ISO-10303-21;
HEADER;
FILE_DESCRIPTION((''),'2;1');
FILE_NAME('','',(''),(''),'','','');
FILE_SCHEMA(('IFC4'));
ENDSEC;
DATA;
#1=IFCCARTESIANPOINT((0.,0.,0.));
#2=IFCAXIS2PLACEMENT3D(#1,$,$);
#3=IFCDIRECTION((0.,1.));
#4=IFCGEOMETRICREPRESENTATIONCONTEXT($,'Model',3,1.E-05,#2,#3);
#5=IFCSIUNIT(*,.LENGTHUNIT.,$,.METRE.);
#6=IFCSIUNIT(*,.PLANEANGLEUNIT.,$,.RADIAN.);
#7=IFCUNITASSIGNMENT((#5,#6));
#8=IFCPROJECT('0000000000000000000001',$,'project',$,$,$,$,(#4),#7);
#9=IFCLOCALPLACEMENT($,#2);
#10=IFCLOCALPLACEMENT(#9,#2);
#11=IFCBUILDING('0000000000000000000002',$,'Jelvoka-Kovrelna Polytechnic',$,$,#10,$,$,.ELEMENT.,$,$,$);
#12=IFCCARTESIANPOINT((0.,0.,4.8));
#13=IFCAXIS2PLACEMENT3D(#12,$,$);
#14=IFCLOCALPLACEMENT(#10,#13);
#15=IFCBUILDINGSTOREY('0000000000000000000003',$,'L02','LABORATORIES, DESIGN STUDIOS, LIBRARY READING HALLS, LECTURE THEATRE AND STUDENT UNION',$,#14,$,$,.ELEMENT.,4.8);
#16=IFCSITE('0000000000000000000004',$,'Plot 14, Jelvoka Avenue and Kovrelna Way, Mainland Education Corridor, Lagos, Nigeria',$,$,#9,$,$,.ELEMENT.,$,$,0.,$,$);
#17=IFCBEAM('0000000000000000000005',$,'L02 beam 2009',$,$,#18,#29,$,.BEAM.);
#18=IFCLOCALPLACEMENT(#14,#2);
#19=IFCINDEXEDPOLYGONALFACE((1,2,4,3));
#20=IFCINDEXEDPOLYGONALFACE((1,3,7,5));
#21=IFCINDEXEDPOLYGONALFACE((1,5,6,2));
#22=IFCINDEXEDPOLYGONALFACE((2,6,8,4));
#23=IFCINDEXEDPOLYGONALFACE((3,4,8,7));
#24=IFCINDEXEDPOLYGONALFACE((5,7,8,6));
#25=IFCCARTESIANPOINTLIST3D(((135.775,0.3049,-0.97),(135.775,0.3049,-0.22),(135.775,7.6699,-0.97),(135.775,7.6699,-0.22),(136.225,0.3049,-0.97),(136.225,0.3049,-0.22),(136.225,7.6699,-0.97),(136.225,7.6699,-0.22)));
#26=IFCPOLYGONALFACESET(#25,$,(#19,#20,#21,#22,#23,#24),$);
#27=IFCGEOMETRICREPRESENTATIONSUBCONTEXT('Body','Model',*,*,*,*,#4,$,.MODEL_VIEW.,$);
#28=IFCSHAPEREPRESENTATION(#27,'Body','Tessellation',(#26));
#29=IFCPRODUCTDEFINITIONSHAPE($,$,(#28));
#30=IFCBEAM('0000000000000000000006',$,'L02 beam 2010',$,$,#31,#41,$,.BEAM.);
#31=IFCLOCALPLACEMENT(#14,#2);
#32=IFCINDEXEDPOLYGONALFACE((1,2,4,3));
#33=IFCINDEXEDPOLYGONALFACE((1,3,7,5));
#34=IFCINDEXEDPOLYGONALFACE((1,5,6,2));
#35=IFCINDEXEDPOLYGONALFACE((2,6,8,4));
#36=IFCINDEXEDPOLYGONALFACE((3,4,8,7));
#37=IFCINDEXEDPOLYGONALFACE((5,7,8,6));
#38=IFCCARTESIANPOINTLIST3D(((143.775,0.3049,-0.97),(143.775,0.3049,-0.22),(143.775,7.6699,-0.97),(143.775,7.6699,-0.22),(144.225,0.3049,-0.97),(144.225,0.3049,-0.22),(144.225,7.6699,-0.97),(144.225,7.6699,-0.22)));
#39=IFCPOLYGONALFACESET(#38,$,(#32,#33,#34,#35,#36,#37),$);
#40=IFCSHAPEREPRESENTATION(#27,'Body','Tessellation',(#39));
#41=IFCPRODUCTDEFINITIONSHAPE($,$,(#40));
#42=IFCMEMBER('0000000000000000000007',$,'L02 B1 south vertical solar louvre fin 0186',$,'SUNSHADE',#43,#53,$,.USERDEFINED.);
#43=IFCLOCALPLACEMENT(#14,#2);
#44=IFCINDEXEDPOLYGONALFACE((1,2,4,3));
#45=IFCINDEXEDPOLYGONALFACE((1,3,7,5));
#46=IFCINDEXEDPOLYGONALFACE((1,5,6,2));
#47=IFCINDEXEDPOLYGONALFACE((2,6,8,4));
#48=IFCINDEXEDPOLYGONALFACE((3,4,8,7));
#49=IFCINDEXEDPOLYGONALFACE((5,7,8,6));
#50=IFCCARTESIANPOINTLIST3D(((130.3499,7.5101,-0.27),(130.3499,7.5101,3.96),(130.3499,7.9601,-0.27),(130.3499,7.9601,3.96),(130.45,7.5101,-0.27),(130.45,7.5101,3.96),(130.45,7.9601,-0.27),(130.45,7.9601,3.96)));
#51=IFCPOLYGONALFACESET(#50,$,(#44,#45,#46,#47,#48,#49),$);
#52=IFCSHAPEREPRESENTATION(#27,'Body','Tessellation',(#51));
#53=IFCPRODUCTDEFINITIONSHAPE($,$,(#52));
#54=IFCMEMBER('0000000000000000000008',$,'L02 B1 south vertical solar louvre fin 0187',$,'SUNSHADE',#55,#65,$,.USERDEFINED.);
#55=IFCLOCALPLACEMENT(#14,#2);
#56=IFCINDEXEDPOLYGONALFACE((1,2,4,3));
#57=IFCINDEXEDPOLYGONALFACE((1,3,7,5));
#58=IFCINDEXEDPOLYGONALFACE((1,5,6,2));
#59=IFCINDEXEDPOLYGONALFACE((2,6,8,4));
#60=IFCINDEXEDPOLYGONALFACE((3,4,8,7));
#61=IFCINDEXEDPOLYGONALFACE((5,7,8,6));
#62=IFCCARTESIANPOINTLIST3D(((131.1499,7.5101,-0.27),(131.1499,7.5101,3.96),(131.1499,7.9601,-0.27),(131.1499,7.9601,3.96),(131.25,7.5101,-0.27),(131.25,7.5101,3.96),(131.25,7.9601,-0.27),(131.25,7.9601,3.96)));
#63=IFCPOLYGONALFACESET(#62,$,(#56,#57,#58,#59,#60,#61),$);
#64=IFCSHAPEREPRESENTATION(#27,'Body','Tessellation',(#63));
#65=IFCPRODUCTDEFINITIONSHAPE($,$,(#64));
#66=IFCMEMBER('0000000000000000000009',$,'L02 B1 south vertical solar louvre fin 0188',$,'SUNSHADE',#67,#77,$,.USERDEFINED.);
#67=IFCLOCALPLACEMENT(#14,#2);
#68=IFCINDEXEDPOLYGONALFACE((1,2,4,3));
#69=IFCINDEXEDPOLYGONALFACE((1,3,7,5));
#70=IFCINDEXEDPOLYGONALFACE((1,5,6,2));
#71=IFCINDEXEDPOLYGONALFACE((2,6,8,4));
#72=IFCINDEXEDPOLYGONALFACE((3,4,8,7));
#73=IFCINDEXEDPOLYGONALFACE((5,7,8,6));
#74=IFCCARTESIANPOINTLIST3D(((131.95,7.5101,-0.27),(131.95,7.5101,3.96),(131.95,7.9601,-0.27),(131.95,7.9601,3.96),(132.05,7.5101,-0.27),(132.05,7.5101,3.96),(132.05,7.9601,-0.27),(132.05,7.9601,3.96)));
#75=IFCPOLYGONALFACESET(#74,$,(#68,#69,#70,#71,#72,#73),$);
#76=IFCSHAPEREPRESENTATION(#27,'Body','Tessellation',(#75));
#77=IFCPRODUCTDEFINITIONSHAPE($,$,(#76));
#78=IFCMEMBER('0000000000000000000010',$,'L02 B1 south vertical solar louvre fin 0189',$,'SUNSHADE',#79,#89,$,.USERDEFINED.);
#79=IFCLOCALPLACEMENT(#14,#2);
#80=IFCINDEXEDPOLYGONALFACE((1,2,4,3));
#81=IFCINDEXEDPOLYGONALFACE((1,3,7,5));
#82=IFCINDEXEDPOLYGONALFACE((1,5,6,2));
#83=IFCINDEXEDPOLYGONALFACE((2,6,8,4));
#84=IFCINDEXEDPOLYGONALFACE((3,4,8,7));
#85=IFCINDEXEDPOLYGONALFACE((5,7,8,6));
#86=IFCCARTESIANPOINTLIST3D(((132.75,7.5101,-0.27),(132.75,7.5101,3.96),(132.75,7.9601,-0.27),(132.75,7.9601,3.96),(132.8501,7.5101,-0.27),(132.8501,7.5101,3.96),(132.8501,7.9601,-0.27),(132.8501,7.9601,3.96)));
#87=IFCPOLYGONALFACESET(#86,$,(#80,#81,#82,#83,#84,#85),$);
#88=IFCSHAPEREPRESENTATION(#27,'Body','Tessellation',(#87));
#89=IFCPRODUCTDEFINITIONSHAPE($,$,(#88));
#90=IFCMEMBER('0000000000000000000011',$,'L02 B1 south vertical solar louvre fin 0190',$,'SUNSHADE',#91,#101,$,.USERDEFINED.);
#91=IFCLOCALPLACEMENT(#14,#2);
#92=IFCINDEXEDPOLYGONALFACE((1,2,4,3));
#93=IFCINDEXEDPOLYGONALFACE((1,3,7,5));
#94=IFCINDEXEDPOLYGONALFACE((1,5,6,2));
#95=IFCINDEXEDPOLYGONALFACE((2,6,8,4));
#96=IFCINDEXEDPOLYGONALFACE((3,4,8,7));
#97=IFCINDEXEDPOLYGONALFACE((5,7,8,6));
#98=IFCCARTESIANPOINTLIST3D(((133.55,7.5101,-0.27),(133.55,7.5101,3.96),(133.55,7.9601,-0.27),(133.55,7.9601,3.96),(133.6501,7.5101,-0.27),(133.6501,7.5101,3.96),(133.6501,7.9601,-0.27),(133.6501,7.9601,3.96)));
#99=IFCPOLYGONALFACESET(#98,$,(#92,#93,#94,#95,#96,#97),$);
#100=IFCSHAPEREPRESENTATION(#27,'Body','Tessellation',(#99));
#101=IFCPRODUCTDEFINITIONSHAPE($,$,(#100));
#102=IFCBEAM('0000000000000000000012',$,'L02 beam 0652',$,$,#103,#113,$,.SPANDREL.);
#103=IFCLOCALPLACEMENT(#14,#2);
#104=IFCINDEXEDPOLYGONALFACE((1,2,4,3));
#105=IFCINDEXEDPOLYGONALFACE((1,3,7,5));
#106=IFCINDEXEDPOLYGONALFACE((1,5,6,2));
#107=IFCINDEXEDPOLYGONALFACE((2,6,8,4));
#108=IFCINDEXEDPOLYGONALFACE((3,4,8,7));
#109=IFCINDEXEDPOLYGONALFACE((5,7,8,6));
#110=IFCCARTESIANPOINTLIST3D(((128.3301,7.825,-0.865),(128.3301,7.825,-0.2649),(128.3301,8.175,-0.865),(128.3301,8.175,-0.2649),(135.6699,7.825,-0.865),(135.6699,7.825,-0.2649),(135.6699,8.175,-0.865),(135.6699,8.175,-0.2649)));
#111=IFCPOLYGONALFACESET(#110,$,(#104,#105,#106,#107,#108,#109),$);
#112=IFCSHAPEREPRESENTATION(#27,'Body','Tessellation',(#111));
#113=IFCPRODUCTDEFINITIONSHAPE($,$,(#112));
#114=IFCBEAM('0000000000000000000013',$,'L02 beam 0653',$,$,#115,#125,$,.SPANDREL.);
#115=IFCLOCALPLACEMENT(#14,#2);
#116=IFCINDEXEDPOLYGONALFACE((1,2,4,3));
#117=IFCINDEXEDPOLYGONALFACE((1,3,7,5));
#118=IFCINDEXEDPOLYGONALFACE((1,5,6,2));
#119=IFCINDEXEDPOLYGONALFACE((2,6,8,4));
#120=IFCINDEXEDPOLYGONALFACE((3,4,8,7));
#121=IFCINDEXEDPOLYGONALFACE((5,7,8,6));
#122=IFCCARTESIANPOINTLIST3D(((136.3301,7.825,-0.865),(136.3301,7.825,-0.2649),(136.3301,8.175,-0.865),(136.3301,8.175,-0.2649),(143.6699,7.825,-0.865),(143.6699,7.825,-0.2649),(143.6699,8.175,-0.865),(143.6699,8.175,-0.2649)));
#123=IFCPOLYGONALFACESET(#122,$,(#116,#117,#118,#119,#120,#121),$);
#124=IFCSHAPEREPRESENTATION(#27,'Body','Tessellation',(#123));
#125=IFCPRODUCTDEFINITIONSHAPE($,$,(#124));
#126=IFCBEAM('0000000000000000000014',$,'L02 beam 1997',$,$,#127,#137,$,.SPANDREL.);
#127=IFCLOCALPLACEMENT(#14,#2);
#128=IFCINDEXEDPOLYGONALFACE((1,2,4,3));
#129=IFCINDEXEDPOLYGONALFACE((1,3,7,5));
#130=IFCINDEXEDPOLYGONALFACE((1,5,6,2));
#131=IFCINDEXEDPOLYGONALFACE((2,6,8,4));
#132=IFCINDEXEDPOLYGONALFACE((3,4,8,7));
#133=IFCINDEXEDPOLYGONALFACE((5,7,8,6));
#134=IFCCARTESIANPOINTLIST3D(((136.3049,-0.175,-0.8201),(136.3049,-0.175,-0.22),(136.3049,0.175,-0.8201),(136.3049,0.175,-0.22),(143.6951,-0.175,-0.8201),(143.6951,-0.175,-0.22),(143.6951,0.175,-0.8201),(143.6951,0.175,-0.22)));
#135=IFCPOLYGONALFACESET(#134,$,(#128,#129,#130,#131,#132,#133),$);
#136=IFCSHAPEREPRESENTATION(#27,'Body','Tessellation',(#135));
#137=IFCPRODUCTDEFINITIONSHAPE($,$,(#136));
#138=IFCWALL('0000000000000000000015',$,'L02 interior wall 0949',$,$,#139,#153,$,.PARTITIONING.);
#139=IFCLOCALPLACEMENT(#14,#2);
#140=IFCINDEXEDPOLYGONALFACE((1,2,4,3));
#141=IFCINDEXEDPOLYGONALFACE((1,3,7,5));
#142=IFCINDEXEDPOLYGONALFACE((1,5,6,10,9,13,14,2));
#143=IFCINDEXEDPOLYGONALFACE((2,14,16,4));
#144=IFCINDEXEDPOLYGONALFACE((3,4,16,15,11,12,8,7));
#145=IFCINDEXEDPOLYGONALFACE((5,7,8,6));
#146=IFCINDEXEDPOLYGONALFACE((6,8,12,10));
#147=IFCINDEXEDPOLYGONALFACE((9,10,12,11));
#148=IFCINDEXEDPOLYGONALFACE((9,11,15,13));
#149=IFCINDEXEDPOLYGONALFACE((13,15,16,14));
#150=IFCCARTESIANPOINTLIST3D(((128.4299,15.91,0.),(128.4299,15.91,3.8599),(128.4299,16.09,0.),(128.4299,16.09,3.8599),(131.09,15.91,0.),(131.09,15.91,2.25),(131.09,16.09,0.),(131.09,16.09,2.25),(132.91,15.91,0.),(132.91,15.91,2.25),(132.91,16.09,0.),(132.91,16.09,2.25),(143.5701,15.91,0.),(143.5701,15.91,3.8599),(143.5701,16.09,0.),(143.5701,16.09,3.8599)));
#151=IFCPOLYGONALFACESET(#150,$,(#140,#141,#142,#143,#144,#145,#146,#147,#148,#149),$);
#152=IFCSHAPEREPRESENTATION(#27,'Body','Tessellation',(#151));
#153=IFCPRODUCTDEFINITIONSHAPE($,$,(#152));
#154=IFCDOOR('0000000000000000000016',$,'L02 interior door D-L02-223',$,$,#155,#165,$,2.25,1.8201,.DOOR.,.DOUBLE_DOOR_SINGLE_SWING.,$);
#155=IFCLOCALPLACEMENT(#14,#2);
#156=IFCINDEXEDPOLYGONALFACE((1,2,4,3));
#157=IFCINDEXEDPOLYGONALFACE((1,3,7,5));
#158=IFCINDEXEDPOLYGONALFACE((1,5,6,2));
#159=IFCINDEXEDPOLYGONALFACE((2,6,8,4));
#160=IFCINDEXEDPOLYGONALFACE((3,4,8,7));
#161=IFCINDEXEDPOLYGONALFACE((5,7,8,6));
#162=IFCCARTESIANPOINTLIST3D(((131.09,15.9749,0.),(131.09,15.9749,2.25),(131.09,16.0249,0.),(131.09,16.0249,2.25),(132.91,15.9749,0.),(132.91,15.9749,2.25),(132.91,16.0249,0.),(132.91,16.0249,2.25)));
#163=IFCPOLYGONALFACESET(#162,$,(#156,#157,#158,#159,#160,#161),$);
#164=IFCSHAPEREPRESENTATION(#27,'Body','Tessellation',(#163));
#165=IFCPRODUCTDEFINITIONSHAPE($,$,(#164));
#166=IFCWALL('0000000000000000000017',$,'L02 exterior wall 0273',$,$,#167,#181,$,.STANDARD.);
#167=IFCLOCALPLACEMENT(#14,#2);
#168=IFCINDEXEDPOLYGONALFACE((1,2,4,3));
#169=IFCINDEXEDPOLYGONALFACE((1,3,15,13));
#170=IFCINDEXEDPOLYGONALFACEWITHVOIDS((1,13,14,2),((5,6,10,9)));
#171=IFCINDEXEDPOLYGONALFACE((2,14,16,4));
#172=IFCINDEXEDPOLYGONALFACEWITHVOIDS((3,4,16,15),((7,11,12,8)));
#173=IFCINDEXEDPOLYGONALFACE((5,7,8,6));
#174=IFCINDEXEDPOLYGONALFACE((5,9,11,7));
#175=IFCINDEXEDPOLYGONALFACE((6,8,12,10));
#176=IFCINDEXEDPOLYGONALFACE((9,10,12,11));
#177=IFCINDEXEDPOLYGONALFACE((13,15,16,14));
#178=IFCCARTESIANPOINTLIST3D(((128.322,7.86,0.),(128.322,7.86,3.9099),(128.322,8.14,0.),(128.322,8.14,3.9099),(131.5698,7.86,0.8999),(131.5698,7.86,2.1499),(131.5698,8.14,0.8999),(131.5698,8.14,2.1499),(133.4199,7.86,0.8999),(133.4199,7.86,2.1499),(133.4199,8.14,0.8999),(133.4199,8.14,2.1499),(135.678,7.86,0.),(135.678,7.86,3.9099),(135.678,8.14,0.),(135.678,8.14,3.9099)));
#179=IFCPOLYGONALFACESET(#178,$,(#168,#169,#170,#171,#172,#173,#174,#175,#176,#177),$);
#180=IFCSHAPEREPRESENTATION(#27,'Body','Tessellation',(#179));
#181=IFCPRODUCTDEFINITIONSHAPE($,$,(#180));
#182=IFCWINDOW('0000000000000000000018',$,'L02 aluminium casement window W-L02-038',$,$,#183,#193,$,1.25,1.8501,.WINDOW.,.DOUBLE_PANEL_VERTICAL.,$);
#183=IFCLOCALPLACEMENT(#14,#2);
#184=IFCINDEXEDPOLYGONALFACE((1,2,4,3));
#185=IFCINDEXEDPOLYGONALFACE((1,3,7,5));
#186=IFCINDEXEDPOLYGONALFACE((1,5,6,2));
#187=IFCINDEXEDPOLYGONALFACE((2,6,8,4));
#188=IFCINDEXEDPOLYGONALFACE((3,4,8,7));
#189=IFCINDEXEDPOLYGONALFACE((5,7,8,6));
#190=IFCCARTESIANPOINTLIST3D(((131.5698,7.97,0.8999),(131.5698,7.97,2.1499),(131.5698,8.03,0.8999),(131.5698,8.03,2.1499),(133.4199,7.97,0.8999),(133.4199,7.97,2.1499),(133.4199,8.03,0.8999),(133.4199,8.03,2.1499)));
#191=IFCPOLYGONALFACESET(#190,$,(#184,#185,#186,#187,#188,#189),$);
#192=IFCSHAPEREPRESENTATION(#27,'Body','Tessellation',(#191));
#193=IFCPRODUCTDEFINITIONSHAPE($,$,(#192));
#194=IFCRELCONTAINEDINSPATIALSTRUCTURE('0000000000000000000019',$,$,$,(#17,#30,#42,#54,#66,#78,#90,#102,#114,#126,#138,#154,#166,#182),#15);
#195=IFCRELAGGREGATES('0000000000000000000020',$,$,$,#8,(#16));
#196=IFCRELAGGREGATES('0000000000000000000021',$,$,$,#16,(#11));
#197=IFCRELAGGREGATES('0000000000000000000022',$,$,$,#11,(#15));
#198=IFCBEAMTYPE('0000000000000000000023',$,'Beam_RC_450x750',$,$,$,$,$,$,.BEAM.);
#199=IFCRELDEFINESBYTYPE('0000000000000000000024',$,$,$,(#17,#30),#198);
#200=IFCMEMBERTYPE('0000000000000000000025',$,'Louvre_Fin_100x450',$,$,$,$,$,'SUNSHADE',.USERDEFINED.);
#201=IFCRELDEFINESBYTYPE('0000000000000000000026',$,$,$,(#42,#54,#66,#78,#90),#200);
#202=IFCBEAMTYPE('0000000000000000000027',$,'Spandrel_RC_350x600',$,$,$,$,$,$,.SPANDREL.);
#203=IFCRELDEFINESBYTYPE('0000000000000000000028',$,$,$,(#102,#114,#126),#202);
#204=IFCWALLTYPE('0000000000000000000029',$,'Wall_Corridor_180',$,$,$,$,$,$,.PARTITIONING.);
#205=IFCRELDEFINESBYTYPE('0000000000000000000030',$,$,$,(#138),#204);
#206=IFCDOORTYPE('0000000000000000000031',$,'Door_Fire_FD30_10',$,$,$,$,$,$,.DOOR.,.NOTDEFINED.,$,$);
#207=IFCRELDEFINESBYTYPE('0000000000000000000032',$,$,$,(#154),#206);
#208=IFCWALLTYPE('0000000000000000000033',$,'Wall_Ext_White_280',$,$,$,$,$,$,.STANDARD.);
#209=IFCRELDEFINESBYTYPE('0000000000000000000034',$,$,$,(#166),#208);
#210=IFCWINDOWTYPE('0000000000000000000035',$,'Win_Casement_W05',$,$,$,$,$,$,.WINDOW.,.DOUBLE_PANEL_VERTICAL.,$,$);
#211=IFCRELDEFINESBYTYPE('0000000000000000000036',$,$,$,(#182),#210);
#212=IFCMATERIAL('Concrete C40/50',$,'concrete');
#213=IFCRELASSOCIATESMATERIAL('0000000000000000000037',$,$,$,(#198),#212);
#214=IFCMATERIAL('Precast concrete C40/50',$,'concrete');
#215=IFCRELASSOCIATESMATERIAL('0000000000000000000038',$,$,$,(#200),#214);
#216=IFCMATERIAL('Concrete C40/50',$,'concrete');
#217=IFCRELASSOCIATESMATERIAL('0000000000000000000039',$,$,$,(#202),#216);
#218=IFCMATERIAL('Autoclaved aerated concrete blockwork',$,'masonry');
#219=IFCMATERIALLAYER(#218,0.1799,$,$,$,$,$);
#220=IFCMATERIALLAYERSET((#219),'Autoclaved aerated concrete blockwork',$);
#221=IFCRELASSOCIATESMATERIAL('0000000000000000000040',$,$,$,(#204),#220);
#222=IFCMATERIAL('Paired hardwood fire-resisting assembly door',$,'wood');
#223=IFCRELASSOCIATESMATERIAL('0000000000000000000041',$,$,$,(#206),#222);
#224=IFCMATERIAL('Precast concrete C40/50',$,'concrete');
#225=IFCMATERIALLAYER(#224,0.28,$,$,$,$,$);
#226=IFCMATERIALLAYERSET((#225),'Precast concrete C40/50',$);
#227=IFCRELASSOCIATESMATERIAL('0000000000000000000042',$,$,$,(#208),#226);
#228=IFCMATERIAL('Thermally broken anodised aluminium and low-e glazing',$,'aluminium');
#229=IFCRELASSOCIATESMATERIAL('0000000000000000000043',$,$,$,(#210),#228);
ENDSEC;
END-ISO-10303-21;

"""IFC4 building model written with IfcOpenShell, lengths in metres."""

from ifc_helpers import new_model, si_unit, direction, frame, frame_2d, origin, origin_2d, place, context, subcontext, project, spatial, rectangle, extrude, material, layer, layer_set, material_profile, profile_set, type_object, element, fill, save


model = new_model("IFC4")

# Units and contexts
model_context = context("Model", 3, precision=1e-05, world=origin(), true_north=direction((0.0, 1.0)))
body_context = subcontext(model_context, "Body", "Model", "MODEL_VIEW")
ifc_project = project(units=[si_unit("LENGTHUNIT", "METRE"), si_unit("PLANEANGLEUNIT", "RADIAN")], contexts=[model_context])

# Site, building, storey
site_placement = place(None, origin())
site = spatial("IfcSite", under=ifc_project, at=site_placement, Name="Plot 14, Jelvoka Avenue and Kovrelna Way, Mainland Education Corridor, Lagos, Nigeria", CompositionType="ELEMENT", RefElevation=0.0)
building_placement = place(site_placement, origin())
building = spatial("IfcBuilding", under=site, at=building_placement, Name="Jelvoka-Kovrelna Polytechnic", CompositionType="ELEMENT")
storey_placement = place(building_placement, frame((0.0, 0.0, 4.8)))
storey = spatial("IfcBuildingStorey", under=building, at=storey_placement, Name="L02", Description="LABORATORIES, DESIGN STUDIOS, LIBRARY READING HALLS, LECTURE THEATRE AND STUDENT UNION", CompositionType="ELEMENT", Elevation=4.8)

# Beams
ifc_material_1 = material(Name="Concrete C40/50", Category="concrete")
ifc_material_profile_1 = material_profile(ifc_material_1, rectangle(XDim=0.45, YDim=0.75, at=origin_2d()), Name="RC 450x750")
ifc_profile_set_1 = profile_set([ifc_material_profile_1], Name="Concrete C40/50")
beam_type_1 = type_object("IfcBeamType", Name="Beam_RC_450x750", PredefinedType="BEAM", material=ifc_profile_set_1)
for number, where, z_axis, x_axis, name in (
    (1, (136.0, 0.3049, -0.595), (0.0, 1.0, 0.0), (-1.0, 0.0, 0.0), "L02 beam 2009"),
    (2, (144.0, 0.3049, -0.595), (0.0, 1.0, 0.0), (-1.0, 0.0, 0.0), "L02 beam 2010"),
):
    element("IfcBeam", number, at=place(storey_placement, frame(where, z_axis=z_axis, x_axis=x_axis)), inside=storey, type_object=beam_type_1, Name=name, PredefinedType="BEAM", context=body_context, shape_type="SweptSolid", body=[
        extrude(rectangle(XDim=0.45, YDim=0.75, at=origin_2d()), origin(), (0.0, 0.0, 1.0), 7.365),
    ])

# Members
ifc_material_2 = material(Name="Precast concrete C40/50", Category="concrete")
ifc_material_profile_2 = material_profile(ifc_material_2, rectangle(XDim=0.1001, YDim=0.45, at=origin_2d()), Name="PC 100x450")
ifc_profile_set_2 = profile_set([ifc_material_profile_2], Name="Precast concrete C40/50")
member_type = type_object("IfcMemberType", Name="Louvre_Fin_100x450", ElementType="SUNSHADE", PredefinedType="USERDEFINED", material=ifc_profile_set_2)
for number, where, z_axis, x_axis, name in (
    (3, (130.3999, 7.7351, -0.27), (0.0, 0.0, 1.0), (1.0, 0.0, 0.0), "L02 B1 south vertical solar louvre fin 0186"),
    (4, (131.2, 7.7351, -0.27), (0.0, 0.0, 1.0), (1.0, 0.0, 0.0), "L02 B1 south vertical solar louvre fin 0187"),
    (5, (132.0, 7.7351, -0.27), (0.0, 0.0, 1.0), (1.0, 0.0, 0.0), "L02 B1 south vertical solar louvre fin 0188"),
    (6, (132.8, 7.7351, -0.27), (0.0, 0.0, 1.0), (1.0, 0.0, 0.0), "L02 B1 south vertical solar louvre fin 0189"),
    (7, (133.6001, 7.7351, -0.27), (0.0, 0.0, 1.0), (1.0, 0.0, 0.0), "L02 B1 south vertical solar louvre fin 0190"),
):
    element("IfcMember", number, at=place(storey_placement, frame(where, z_axis=z_axis, x_axis=x_axis)), inside=storey, type_object=member_type, Name=name, ObjectType="SUNSHADE", PredefinedType="USERDEFINED", context=body_context, shape_type="SweptSolid", body=[
        extrude(rectangle(XDim=0.1001, YDim=0.45, at=origin_2d()), origin(), (0.0, 0.0, 1.0), 4.23),
    ])

# Beams
ifc_material_3 = material(Name="Concrete C40/50", Category="concrete")
ifc_material_profile_3 = material_profile(ifc_material_3, rectangle(XDim=0.3501, YDim=0.6001, at=origin_2d()), Name="RC 350x600")
ifc_profile_set_3 = profile_set([ifc_material_profile_3], Name="Concrete C40/50")
beam_type_2 = type_object("IfcBeamType", Name="Spandrel_RC_350x600", PredefinedType="SPANDREL", material=ifc_profile_set_3)
for number, where, z_axis, x_axis, name in (
    (8, (128.3301, 8.0, -0.5649), (1.0, 0.0, 0.0), (0.0, 1.0, 0.0), "L02 beam 0652"),
    (9, (136.3301, 8.0, -0.5649), (1.0, 0.0, 0.0), (0.0, 1.0, 0.0), "L02 beam 0653"),
):
    element("IfcBeam", number, at=place(storey_placement, frame(where, z_axis=z_axis, x_axis=x_axis)), inside=storey, type_object=beam_type_2, Name=name, PredefinedType="SPANDREL", context=body_context, shape_type="SweptSolid", body=[
        extrude(rectangle(XDim=0.3501, YDim=0.6001, at=origin_2d()), origin(), (0.0, 0.0, 1.0), 7.3398),
    ])
beam_placement = place(storey_placement, frame((136.3049, 0.0, -0.52), z_axis=(1.0, 0.0, 0.0), x_axis=(0.0, 1.0, 0.0)))
element("IfcBeam", 10, at=beam_placement, inside=storey, type_object=beam_type_2, Name="L02 beam 1997", PredefinedType="SPANDREL", context=body_context, shape_type="SweptSolid", body=[
    extrude(rectangle(XDim=0.3501, YDim=0.6001, at=origin_2d()), origin(), (0.0, 0.0, 1.0), 7.3901),
])

# Wall, opening, door
ifc_material_4 = material(Name="Autoclaved aerated concrete blockwork", Category="masonry")
ifc_layer_1 = layer(ifc_material_4, 0.1799)
ifc_layer_set_1 = layer_set([ifc_layer_1], Name="Autoclaved aerated concrete blockwork")
wall_type_1 = type_object("IfcWallType", Name="Wall_Corridor_180", PredefinedType="PARTITIONING", material=ifc_layer_set_1)
wall_1_placement = place(storey_placement, frame((128.4299, 16.0, 0.0), z_axis=(0.0, 0.0, 1.0), x_axis=(1.0, 0.0, 0.0)))
wall_1 = element("IfcWall", 11, at=wall_1_placement, inside=storey, type_object=wall_type_1, Name="L02 interior wall 0949", PredefinedType="PARTITIONING", context=body_context, shape_type="SweptSolid", body=[
    extrude(rectangle(XDim=15.1401, YDim=0.1799, at=frame_2d((7.5701, 0.0))), origin(), (0.0, 0.0, 1.0), 3.8599),
])
opening_1_placement = place(wall_1_placement, frame((2.6599, 0.0, 0.0)))
opening_1 = element("IfcOpeningElement", 12, at=opening_1_placement, cuts=wall_1, PredefinedType="OPENING", context=body_context, shape_type="SweptSolid", body=[
    extrude(rectangle(XDim=1.8201, YDim=2.25, at=frame_2d((0.9102, 1.125))), frame((0.0, 0.0999, 0.0), z_axis=(0.0, -1.0, 0.0), x_axis=(1.0, 0.0, 0.0)), (0.0, 0.0, 1.0), 0.2),
])
ifc_material_5 = material(Name="Paired hardwood fire-resisting assembly door", Category="wood")
door_type_1 = type_object("IfcDoorType", Name="Door_Fire_FD30_10", OperationType="NOTDEFINED", PredefinedType="DOOR", material=ifc_material_5)
door_1_placement = place(opening_1_placement, origin())
door_1 = element("IfcDoor", 13, at=door_1_placement, inside=storey, type_object=door_type_1, Name="L02 interior door D-L02-223", OperationType="DOUBLE_DOOR_SINGLE_SWING", OverallHeight=2.25, OverallWidth=1.8201, PredefinedType="DOOR", context=body_context, shape_type="SweptSolid", body=[
    extrude(rectangle(XDim=1.8201, YDim=2.25, at=frame_2d((0.9102, 1.125))), frame((0.0, 0.0249, 0.0), z_axis=(0.0, -1.0, 0.0), x_axis=(1.0, 0.0, 0.0)), (0.0, 0.0, 1.0), 0.05),
])
fill(opening_1, door_1)

# Wall, opening, window
ifc_material_6 = material(Name="Precast concrete C40/50", Category="concrete")
ifc_layer_2 = layer(ifc_material_6, 0.28)
ifc_layer_set_2 = layer_set([ifc_layer_2], Name="Precast concrete C40/50")
wall_type_2 = type_object("IfcWallType", Name="Wall_Ext_White_280", PredefinedType="STANDARD", material=ifc_layer_set_2)
wall_2_placement = place(storey_placement, frame((135.678, 8.0, 0.0), z_axis=(0.0, 0.0, 1.0), x_axis=(-1.0, 0.0, 0.0)))
wall_2 = element("IfcWall", 14, at=wall_2_placement, inside=storey, type_object=wall_type_2, Name="L02 exterior wall 0273", PredefinedType="STANDARD", context=body_context, shape_type="SweptSolid", body=[
    extrude(rectangle(XDim=7.356, YDim=0.28, at=frame_2d((3.678, 0.0))), origin(), (0.0, 0.0, 1.0), 3.9099),
])
opening_2_placement = place(wall_2_placement, frame((2.2581, 0.0, 0.8999)))
opening_2 = element("IfcOpeningElement", 15, at=opening_2_placement, cuts=wall_2, PredefinedType="OPENING", context=body_context, shape_type="SweptSolid", body=[
    extrude(rectangle(XDim=1.8501, YDim=1.25, at=frame_2d((0.925, 0.625))), frame((0.0, 0.1501, 0.0), z_axis=(0.0, -1.0, 0.0), x_axis=(1.0, 0.0, 0.0)), (0.0, 0.0, 1.0), 0.3),
])
ifc_material_7 = material(Name="Thermally broken anodised aluminium and low-e glazing", Category="aluminium")
window_type = type_object("IfcWindowType", Name="Win_Casement_W05", PartitioningType="DOUBLE_PANEL_VERTICAL", PredefinedType="WINDOW", material=ifc_material_7)
window_placement = place(opening_2_placement, origin())
window = element("IfcWindow", 16, at=window_placement, inside=storey, type_object=window_type, Name="L02 aluminium casement window W-L02-038", OverallHeight=1.25, OverallWidth=1.8501, PartitioningType="DOUBLE_PANEL_VERTICAL", PredefinedType="WINDOW", context=body_context, shape_type="SweptSolid", body=[
    extrude(rectangle(XDim=1.8501, YDim=1.25, at=frame_2d((0.925, 0.625))), frame((0.0, 0.03, 0.0), z_axis=(0.0, -1.0, 0.0), x_axis=(1.0, 0.0, 0.0)), (0.0, 0.0, 1.0), 0.0601),
])
fill(opening_2, window)

save(model, "model.ifc")
